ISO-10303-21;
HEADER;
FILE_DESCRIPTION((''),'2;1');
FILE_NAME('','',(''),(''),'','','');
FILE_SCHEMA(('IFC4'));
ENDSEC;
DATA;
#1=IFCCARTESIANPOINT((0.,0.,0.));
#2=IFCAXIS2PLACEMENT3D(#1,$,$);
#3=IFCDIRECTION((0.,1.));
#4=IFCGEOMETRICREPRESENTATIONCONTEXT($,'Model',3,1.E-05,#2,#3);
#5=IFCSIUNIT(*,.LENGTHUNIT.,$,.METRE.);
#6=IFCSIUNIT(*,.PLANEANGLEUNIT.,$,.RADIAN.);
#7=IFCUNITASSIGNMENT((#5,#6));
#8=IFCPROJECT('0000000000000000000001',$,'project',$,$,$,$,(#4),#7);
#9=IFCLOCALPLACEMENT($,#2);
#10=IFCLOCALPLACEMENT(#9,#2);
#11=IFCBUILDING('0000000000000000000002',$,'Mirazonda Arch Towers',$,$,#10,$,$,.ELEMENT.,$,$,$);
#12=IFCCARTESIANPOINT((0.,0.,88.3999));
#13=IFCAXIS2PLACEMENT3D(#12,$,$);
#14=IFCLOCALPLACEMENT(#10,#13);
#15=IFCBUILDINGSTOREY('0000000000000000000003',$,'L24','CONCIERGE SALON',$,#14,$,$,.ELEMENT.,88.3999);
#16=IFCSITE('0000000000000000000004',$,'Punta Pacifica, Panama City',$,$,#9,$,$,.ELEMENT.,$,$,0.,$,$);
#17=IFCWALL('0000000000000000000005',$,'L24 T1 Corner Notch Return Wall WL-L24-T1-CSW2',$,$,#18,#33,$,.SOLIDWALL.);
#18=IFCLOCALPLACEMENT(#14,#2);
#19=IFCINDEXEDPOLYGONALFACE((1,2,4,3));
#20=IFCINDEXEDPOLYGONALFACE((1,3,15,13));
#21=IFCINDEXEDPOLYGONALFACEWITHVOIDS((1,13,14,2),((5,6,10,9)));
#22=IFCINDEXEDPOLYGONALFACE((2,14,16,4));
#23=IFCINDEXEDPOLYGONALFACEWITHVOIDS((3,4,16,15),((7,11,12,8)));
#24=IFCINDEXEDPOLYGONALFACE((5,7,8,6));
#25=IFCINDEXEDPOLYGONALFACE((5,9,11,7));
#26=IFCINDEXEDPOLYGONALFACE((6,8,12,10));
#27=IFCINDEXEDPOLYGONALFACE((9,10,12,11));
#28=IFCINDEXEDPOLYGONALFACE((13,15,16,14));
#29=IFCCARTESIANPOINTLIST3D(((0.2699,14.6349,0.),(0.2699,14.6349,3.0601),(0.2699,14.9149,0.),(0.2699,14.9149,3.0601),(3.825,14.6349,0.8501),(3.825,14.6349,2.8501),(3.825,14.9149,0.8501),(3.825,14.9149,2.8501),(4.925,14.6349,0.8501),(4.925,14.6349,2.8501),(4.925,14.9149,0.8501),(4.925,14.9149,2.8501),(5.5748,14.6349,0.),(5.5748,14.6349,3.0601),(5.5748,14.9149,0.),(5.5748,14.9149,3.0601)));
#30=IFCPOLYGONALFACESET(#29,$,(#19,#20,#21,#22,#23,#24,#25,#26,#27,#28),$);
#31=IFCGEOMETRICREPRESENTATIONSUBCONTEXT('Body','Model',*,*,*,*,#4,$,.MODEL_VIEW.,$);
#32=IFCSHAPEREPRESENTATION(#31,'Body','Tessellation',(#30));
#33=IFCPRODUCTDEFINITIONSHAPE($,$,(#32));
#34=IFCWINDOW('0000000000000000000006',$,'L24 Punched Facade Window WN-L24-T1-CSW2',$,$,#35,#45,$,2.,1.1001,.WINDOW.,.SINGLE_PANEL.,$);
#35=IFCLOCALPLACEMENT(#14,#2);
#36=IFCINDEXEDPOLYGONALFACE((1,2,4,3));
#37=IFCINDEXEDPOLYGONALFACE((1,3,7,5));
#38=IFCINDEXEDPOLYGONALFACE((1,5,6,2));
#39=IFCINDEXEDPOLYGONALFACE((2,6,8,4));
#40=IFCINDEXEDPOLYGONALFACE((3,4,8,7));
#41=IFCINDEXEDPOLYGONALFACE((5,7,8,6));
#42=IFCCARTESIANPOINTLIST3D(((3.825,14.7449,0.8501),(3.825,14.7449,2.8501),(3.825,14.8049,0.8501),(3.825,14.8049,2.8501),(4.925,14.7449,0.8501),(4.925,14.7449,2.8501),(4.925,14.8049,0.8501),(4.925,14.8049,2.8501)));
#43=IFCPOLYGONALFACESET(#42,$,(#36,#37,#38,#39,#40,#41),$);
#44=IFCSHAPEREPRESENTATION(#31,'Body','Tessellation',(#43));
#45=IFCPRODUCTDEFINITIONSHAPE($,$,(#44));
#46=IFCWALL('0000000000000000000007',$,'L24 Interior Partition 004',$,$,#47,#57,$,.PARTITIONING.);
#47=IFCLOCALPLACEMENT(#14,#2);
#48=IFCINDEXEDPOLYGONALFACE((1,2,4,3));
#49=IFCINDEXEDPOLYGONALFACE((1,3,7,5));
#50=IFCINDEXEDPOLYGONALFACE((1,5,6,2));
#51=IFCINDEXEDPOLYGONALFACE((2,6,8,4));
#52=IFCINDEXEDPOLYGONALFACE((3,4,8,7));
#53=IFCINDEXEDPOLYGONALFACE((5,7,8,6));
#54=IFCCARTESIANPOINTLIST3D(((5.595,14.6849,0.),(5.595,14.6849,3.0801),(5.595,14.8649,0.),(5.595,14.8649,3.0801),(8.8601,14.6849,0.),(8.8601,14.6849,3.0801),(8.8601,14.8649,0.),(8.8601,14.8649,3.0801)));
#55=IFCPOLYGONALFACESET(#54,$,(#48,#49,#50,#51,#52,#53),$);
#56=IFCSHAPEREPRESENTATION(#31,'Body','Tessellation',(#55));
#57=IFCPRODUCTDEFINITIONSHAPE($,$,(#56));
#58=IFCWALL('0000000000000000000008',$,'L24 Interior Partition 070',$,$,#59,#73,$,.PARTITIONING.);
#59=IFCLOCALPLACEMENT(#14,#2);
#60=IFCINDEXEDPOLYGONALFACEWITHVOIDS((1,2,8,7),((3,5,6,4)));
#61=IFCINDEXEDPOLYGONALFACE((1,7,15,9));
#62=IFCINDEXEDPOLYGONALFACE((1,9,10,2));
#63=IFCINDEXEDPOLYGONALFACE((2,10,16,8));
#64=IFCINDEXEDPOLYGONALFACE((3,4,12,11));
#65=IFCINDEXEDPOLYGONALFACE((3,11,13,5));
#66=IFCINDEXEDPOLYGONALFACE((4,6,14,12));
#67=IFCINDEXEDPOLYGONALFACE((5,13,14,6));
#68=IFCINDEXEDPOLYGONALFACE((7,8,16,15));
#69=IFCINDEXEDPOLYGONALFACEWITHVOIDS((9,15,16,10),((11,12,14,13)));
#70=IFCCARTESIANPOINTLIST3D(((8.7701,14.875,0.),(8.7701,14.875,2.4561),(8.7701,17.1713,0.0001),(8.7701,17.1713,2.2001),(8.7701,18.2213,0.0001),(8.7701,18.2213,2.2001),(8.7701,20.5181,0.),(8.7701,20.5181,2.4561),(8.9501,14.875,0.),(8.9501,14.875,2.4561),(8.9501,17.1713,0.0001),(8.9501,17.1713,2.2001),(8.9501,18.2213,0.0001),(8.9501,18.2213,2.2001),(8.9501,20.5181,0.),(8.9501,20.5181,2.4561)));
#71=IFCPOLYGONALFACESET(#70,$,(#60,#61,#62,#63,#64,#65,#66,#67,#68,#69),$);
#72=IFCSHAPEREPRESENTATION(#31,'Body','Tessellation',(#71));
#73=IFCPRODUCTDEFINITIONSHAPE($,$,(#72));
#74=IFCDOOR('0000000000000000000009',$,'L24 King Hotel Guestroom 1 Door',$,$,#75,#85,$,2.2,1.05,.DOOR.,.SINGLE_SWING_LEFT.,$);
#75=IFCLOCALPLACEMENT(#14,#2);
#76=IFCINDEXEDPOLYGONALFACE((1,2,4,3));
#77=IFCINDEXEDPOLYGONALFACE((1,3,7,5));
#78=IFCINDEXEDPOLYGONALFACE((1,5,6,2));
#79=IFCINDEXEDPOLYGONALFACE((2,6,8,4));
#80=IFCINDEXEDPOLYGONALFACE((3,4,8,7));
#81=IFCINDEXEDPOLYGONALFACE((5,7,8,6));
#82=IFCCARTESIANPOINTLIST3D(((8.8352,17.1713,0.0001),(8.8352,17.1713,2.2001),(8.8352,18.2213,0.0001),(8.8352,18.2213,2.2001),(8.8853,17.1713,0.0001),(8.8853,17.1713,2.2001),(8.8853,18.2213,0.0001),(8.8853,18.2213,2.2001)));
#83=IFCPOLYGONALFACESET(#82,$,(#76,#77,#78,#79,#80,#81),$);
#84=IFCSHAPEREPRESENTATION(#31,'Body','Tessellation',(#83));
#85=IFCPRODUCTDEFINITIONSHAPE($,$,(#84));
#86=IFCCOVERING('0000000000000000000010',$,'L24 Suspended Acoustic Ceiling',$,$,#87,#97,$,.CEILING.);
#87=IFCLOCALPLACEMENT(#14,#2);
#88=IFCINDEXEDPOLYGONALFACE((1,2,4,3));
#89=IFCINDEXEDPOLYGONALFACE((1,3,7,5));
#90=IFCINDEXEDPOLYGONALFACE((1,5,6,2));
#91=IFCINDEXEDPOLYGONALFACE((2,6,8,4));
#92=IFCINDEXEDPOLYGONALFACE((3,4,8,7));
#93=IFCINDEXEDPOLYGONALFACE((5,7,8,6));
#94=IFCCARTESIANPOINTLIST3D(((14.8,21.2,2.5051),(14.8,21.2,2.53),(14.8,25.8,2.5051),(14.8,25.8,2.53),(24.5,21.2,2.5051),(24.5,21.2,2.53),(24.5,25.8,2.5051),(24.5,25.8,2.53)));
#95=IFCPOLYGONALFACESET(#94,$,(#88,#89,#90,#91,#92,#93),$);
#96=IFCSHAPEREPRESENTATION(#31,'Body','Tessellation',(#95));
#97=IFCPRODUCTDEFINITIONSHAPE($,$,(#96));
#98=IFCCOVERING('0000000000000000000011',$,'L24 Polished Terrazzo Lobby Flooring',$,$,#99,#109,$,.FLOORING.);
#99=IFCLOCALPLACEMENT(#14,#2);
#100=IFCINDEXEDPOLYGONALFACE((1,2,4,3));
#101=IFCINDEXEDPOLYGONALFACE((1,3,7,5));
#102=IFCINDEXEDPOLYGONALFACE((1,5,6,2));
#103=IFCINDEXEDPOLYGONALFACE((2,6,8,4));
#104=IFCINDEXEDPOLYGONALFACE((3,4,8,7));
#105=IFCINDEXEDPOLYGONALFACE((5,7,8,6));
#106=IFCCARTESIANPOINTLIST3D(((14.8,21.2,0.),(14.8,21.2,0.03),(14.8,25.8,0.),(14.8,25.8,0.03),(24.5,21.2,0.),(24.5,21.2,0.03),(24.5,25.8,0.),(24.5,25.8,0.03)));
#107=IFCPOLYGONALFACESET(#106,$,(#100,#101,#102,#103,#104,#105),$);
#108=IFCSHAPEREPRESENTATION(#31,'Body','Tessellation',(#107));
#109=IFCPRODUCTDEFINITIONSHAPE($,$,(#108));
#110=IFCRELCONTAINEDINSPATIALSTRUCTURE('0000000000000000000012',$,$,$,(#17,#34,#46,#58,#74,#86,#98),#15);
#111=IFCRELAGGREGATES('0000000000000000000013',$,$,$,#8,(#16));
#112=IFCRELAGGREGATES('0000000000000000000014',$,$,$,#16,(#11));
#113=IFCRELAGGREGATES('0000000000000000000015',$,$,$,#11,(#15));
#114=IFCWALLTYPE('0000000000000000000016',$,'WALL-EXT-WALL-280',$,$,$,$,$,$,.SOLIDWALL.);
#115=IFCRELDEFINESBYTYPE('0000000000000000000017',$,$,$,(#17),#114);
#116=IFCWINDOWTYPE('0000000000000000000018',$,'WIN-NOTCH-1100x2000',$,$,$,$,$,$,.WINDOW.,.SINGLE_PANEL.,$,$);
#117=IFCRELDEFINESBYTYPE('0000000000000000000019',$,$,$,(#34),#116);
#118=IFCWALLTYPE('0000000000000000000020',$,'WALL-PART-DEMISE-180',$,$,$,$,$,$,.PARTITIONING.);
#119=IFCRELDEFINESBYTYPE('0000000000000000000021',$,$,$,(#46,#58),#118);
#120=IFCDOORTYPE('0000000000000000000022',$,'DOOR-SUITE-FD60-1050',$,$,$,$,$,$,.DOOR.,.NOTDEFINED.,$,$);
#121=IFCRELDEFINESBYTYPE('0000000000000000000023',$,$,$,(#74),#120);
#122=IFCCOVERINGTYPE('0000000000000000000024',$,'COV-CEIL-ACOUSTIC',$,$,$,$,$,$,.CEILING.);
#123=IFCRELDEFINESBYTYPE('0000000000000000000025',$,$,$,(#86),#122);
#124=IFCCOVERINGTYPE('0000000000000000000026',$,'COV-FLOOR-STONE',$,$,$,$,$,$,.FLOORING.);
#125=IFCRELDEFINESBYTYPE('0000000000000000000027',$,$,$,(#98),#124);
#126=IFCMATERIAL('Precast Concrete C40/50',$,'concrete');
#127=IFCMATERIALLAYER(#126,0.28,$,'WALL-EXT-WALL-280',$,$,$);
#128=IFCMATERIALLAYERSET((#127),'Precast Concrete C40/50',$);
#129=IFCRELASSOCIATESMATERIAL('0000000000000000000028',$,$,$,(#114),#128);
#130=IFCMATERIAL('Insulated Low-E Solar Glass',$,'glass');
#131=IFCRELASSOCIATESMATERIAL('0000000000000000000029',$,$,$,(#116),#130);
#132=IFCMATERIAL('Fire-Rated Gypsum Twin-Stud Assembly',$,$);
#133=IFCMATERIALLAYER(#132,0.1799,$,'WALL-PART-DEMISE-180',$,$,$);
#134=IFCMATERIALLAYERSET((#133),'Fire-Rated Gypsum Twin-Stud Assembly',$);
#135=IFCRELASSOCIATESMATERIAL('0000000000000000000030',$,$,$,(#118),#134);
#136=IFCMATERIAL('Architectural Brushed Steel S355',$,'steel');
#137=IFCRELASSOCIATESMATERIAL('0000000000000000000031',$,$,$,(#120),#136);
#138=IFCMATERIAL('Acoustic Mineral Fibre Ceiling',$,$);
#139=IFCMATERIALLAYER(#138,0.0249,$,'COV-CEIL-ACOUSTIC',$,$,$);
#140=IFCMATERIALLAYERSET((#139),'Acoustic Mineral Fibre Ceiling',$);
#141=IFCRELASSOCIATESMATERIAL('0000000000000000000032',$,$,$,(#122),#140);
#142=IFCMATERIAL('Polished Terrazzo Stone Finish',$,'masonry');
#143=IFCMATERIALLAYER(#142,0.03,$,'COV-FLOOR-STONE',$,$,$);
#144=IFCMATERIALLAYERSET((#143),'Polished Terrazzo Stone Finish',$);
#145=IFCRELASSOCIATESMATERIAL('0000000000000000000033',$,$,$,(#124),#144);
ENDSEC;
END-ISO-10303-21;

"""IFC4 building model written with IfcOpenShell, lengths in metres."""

from ifc_helpers import new_model, si_unit, direction, frame, frame_2d, origin, place, context, subcontext, project, spatial, polyline, rectangle, outline, extrude, material, layer, layer_set, type_object, element, fill, save


model = new_model("IFC4")

# Units and contexts
model_context = context("Model", 3, precision=1e-05, world=origin(), true_north=direction((0.0, 1.0)))
body_context = subcontext(model_context, "Body", "Model", "MODEL_VIEW")
ifc_project = project(units=[si_unit("LENGTHUNIT", "METRE"), si_unit("PLANEANGLEUNIT", "RADIAN")], contexts=[model_context])

# Site, building, storey
site_placement = place(None, origin())
site = spatial("IfcSite", under=ifc_project, at=site_placement, Name="Punta Pacifica, Panama City", CompositionType="ELEMENT", RefElevation=0.0)
building_placement = place(site_placement, origin())
building = spatial("IfcBuilding", under=site, at=building_placement, Name="Mirazonda Arch Towers", CompositionType="ELEMENT")
storey_placement = place(building_placement, frame((0.0, 0.0, 88.3999)))
storey = spatial("IfcBuildingStorey", under=building, at=storey_placement, Name="L24", Description="CONCIERGE SALON", CompositionType="ELEMENT", Elevation=88.3999)

# Shared definitions
ifc_material_1 = material(Name="Insulated Low-E Solar Glass", Category="glass")

# Wall, opening, window
ifc_material_2 = material(Name="Precast Concrete C40/50", Category="concrete")
ifc_layer_1 = layer(ifc_material_2, 0.28, Name="WALL-EXT-WALL-280")
ifc_layer_set_1 = layer_set([ifc_layer_1], Name="Precast Concrete C40/50")
wall_type_1 = type_object("IfcWallType", Name="WALL-EXT-WALL-280", PredefinedType="SOLIDWALL", material=ifc_layer_set_1)
wall_1_placement = place(storey_placement, frame((0.27, 14.7749, 0.0), z_axis=(0.0, 0.0, 1.0), x_axis=(1.0, 0.0, 0.0)))
wall_1 = element("IfcWall", 1, at=wall_1_placement, inside=storey, type_object=wall_type_1, Name="L24 T1 Corner Notch Return Wall WL-L24-T1-CSW2", PredefinedType="SOLIDWALL", context=body_context, shape_type="SweptSolid", body=[
    extrude(rectangle(XDim=5.3049, YDim=0.28, at=frame_2d((2.6523, 0.0))), origin(), (0.0, 0.0, 1.0), 3.0601),
])
opening_1_placement = place(wall_1_placement, frame((3.5549, 0.0, 0.8501)))
opening_1 = element("IfcOpeningElement", 2, at=opening_1_placement, cuts=wall_1, PredefinedType="OPENING", context=body_context, shape_type="SweptSolid", body=[
    extrude(rectangle(XDim=1.1001, YDim=2.0, at=frame_2d((0.55, 1.0))), frame((0.0, 0.1499, 0.0), z_axis=(0.0, -1.0, 0.0), x_axis=(1.0, 0.0, 0.0)), (0.0, 0.0, 1.0), 0.3),
])
window_type_1 = type_object("IfcWindowType", Name="WIN-NOTCH-1100x2000", PartitioningType="SINGLE_PANEL", PredefinedType="WINDOW", material=ifc_material_1)
window_1_placement = place(opening_1_placement, origin())
window_1 = element("IfcWindow", 3, at=window_1_placement, inside=storey, type_object=window_type_1, Name="L24 Punched Facade Window WN-L24-T1-CSW2", OverallHeight=2.0, OverallWidth=1.1001, PartitioningType="SINGLE_PANEL", PredefinedType="WINDOW", context=body_context, shape_type="SweptSolid", body=[
    extrude(rectangle(XDim=1.1001, YDim=2.0, at=frame_2d((0.55, 1.0))), frame((0.0, 0.03, 0.0), z_axis=(0.0, -1.0, 0.0), x_axis=(1.0, 0.0, 0.0)), (0.0, 0.0, 1.0), 0.0601),
])
fill(opening_1, window_1)

# Wall
ifc_material_3 = material(Name="Fire-Rated Gypsum Twin-Stud Assembly")
ifc_layer_2 = layer(ifc_material_3, 0.1799, Name="WALL-PART-DEMISE-180")
ifc_layer_set_2 = layer_set([ifc_layer_2], Name="Fire-Rated Gypsum Twin-Stud Assembly")
wall_type_2 = type_object("IfcWallType", Name="WALL-PART-DEMISE-180", PredefinedType="PARTITIONING", material=ifc_layer_set_2)
wall_2_placement = place(storey_placement, frame((5.595, 14.7749, 0.0), z_axis=(0.0, 0.0, 1.0), x_axis=(1.0, 0.0, 0.0)))
element("IfcWall", 4, at=wall_2_placement, inside=storey, type_object=wall_type_2, Name="L24 Interior Partition 004", PredefinedType="PARTITIONING", context=body_context, shape_type="SweptSolid", body=[
    extrude(rectangle(XDim=3.2651, YDim=0.1799, at=frame_2d((1.6326, 0.0))), origin(), (0.0, 0.0, 1.0), 3.0801),
])

# Wall, opening, door
ifc_material_4 = material(Name="Architectural Brushed Steel S355", Category="steel")
wall_3_placement = place(storey_placement, frame((8.8601, 14.875, 0.0), z_axis=(0.0, 0.0, 1.0), x_axis=(0.0, 1.0, 0.0)))
wall_3 = element("IfcWall", 5, at=wall_3_placement, inside=storey, type_object=wall_type_2, Name="L24 Interior Partition 070", PredefinedType="PARTITIONING", context=body_context, shape_type="SweptSolid", body=[
    extrude(rectangle(XDim=5.6431, YDim=0.1799, at=frame_2d((2.8215, 0.0))), origin(), (0.0, 0.0, 1.0), 2.4561),
])
opening_2_placement = place(wall_3_placement, frame((2.2964, 0.0, 0.0)))
opening_2 = element("IfcOpeningElement", 6, at=opening_2_placement, cuts=wall_3, PredefinedType="OPENING", context=body_context, shape_type="SweptSolid", body=[
    extrude(rectangle(XDim=1.05, YDim=2.2, at=frame_2d((0.5249, 1.1001))), frame((0.0, 0.0999, 0.0), z_axis=(0.0, -1.0, 0.0), x_axis=(1.0, 0.0, 0.0)), (0.0, 0.0, 1.0), 0.2),
])
door_type_1 = type_object("IfcDoorType", Name="DOOR-SUITE-FD60-1050", OperationType="NOTDEFINED", PredefinedType="DOOR", material=ifc_material_4)
door_1_placement = place(opening_2_placement, origin())
door_1 = element("IfcDoor", 7, at=door_1_placement, inside=storey, type_object=door_type_1, Name="L24 King Hotel Guestroom 1 Door", OperationType="SINGLE_SWING_LEFT", OverallHeight=2.2, OverallWidth=1.05, PredefinedType="DOOR", context=body_context, shape_type="SweptSolid", body=[
    extrude(rectangle(XDim=1.05, YDim=2.2, at=frame_2d((0.5249, 1.1001))), frame((0.0, 0.0249, 0.0), z_axis=(0.0, -1.0, 0.0), x_axis=(1.0, 0.0, 0.0)), (0.0, 0.0, 1.0), 0.05),
])
fill(opening_2, door_1)

# Coverings
ifc_material_5 = material(Name="Acoustic Mineral Fibre Ceiling")
ifc_layer_3 = layer(ifc_material_5, 0.0249, Name="COV-CEIL-ACOUSTIC")
ifc_layer_set_3 = layer_set([ifc_layer_3], Name="Acoustic Mineral Fibre Ceiling")
covering_type_1 = type_object("IfcCoveringType", Name="COV-CEIL-ACOUSTIC", PredefinedType="CEILING", material=ifc_layer_set_3)
covering_1_placement = place(storey_placement, frame((0.0, 0.0, 2.5051)))
element("IfcCovering", 8, at=covering_1_placement, inside=storey, type_object=covering_type_1, Name="L24 Suspended Acoustic Ceiling", PredefinedType="CEILING", context=body_context, shape_type="SweptSolid", body=[
    extrude(outline(polyline([(14.8, 21.2), (24.5, 21.2), (24.5, 25.8), (14.8, 25.8), (14.8, 21.2)])), origin(), (0.0, 0.0, 1.0), 0.0249),
])
ifc_material_6 = material(Name="Polished Terrazzo Stone Finish", Category="masonry")
ifc_layer_4 = layer(ifc_material_6, 0.03, Name="COV-FLOOR-STONE")
ifc_layer_set_4 = layer_set([ifc_layer_4], Name="Polished Terrazzo Stone Finish")
covering_type_2 = type_object("IfcCoveringType", Name="COV-FLOOR-STONE", PredefinedType="FLOORING", material=ifc_layer_set_4)
covering_2_placement = place(storey_placement, origin())
element("IfcCovering", 9, at=covering_2_placement, inside=storey, type_object=covering_type_2, Name="L24 Polished Terrazzo Lobby Flooring", PredefinedType="FLOORING", context=body_context, shape_type="SweptSolid", body=[
    extrude(outline(polyline([(14.8, 21.2), (24.5, 21.2), (24.5, 25.8), (14.8, 25.8), (14.8, 21.2)])), origin(), (0.0, 0.0, 1.0), 0.03),
])

save(model, "model.ifc")
